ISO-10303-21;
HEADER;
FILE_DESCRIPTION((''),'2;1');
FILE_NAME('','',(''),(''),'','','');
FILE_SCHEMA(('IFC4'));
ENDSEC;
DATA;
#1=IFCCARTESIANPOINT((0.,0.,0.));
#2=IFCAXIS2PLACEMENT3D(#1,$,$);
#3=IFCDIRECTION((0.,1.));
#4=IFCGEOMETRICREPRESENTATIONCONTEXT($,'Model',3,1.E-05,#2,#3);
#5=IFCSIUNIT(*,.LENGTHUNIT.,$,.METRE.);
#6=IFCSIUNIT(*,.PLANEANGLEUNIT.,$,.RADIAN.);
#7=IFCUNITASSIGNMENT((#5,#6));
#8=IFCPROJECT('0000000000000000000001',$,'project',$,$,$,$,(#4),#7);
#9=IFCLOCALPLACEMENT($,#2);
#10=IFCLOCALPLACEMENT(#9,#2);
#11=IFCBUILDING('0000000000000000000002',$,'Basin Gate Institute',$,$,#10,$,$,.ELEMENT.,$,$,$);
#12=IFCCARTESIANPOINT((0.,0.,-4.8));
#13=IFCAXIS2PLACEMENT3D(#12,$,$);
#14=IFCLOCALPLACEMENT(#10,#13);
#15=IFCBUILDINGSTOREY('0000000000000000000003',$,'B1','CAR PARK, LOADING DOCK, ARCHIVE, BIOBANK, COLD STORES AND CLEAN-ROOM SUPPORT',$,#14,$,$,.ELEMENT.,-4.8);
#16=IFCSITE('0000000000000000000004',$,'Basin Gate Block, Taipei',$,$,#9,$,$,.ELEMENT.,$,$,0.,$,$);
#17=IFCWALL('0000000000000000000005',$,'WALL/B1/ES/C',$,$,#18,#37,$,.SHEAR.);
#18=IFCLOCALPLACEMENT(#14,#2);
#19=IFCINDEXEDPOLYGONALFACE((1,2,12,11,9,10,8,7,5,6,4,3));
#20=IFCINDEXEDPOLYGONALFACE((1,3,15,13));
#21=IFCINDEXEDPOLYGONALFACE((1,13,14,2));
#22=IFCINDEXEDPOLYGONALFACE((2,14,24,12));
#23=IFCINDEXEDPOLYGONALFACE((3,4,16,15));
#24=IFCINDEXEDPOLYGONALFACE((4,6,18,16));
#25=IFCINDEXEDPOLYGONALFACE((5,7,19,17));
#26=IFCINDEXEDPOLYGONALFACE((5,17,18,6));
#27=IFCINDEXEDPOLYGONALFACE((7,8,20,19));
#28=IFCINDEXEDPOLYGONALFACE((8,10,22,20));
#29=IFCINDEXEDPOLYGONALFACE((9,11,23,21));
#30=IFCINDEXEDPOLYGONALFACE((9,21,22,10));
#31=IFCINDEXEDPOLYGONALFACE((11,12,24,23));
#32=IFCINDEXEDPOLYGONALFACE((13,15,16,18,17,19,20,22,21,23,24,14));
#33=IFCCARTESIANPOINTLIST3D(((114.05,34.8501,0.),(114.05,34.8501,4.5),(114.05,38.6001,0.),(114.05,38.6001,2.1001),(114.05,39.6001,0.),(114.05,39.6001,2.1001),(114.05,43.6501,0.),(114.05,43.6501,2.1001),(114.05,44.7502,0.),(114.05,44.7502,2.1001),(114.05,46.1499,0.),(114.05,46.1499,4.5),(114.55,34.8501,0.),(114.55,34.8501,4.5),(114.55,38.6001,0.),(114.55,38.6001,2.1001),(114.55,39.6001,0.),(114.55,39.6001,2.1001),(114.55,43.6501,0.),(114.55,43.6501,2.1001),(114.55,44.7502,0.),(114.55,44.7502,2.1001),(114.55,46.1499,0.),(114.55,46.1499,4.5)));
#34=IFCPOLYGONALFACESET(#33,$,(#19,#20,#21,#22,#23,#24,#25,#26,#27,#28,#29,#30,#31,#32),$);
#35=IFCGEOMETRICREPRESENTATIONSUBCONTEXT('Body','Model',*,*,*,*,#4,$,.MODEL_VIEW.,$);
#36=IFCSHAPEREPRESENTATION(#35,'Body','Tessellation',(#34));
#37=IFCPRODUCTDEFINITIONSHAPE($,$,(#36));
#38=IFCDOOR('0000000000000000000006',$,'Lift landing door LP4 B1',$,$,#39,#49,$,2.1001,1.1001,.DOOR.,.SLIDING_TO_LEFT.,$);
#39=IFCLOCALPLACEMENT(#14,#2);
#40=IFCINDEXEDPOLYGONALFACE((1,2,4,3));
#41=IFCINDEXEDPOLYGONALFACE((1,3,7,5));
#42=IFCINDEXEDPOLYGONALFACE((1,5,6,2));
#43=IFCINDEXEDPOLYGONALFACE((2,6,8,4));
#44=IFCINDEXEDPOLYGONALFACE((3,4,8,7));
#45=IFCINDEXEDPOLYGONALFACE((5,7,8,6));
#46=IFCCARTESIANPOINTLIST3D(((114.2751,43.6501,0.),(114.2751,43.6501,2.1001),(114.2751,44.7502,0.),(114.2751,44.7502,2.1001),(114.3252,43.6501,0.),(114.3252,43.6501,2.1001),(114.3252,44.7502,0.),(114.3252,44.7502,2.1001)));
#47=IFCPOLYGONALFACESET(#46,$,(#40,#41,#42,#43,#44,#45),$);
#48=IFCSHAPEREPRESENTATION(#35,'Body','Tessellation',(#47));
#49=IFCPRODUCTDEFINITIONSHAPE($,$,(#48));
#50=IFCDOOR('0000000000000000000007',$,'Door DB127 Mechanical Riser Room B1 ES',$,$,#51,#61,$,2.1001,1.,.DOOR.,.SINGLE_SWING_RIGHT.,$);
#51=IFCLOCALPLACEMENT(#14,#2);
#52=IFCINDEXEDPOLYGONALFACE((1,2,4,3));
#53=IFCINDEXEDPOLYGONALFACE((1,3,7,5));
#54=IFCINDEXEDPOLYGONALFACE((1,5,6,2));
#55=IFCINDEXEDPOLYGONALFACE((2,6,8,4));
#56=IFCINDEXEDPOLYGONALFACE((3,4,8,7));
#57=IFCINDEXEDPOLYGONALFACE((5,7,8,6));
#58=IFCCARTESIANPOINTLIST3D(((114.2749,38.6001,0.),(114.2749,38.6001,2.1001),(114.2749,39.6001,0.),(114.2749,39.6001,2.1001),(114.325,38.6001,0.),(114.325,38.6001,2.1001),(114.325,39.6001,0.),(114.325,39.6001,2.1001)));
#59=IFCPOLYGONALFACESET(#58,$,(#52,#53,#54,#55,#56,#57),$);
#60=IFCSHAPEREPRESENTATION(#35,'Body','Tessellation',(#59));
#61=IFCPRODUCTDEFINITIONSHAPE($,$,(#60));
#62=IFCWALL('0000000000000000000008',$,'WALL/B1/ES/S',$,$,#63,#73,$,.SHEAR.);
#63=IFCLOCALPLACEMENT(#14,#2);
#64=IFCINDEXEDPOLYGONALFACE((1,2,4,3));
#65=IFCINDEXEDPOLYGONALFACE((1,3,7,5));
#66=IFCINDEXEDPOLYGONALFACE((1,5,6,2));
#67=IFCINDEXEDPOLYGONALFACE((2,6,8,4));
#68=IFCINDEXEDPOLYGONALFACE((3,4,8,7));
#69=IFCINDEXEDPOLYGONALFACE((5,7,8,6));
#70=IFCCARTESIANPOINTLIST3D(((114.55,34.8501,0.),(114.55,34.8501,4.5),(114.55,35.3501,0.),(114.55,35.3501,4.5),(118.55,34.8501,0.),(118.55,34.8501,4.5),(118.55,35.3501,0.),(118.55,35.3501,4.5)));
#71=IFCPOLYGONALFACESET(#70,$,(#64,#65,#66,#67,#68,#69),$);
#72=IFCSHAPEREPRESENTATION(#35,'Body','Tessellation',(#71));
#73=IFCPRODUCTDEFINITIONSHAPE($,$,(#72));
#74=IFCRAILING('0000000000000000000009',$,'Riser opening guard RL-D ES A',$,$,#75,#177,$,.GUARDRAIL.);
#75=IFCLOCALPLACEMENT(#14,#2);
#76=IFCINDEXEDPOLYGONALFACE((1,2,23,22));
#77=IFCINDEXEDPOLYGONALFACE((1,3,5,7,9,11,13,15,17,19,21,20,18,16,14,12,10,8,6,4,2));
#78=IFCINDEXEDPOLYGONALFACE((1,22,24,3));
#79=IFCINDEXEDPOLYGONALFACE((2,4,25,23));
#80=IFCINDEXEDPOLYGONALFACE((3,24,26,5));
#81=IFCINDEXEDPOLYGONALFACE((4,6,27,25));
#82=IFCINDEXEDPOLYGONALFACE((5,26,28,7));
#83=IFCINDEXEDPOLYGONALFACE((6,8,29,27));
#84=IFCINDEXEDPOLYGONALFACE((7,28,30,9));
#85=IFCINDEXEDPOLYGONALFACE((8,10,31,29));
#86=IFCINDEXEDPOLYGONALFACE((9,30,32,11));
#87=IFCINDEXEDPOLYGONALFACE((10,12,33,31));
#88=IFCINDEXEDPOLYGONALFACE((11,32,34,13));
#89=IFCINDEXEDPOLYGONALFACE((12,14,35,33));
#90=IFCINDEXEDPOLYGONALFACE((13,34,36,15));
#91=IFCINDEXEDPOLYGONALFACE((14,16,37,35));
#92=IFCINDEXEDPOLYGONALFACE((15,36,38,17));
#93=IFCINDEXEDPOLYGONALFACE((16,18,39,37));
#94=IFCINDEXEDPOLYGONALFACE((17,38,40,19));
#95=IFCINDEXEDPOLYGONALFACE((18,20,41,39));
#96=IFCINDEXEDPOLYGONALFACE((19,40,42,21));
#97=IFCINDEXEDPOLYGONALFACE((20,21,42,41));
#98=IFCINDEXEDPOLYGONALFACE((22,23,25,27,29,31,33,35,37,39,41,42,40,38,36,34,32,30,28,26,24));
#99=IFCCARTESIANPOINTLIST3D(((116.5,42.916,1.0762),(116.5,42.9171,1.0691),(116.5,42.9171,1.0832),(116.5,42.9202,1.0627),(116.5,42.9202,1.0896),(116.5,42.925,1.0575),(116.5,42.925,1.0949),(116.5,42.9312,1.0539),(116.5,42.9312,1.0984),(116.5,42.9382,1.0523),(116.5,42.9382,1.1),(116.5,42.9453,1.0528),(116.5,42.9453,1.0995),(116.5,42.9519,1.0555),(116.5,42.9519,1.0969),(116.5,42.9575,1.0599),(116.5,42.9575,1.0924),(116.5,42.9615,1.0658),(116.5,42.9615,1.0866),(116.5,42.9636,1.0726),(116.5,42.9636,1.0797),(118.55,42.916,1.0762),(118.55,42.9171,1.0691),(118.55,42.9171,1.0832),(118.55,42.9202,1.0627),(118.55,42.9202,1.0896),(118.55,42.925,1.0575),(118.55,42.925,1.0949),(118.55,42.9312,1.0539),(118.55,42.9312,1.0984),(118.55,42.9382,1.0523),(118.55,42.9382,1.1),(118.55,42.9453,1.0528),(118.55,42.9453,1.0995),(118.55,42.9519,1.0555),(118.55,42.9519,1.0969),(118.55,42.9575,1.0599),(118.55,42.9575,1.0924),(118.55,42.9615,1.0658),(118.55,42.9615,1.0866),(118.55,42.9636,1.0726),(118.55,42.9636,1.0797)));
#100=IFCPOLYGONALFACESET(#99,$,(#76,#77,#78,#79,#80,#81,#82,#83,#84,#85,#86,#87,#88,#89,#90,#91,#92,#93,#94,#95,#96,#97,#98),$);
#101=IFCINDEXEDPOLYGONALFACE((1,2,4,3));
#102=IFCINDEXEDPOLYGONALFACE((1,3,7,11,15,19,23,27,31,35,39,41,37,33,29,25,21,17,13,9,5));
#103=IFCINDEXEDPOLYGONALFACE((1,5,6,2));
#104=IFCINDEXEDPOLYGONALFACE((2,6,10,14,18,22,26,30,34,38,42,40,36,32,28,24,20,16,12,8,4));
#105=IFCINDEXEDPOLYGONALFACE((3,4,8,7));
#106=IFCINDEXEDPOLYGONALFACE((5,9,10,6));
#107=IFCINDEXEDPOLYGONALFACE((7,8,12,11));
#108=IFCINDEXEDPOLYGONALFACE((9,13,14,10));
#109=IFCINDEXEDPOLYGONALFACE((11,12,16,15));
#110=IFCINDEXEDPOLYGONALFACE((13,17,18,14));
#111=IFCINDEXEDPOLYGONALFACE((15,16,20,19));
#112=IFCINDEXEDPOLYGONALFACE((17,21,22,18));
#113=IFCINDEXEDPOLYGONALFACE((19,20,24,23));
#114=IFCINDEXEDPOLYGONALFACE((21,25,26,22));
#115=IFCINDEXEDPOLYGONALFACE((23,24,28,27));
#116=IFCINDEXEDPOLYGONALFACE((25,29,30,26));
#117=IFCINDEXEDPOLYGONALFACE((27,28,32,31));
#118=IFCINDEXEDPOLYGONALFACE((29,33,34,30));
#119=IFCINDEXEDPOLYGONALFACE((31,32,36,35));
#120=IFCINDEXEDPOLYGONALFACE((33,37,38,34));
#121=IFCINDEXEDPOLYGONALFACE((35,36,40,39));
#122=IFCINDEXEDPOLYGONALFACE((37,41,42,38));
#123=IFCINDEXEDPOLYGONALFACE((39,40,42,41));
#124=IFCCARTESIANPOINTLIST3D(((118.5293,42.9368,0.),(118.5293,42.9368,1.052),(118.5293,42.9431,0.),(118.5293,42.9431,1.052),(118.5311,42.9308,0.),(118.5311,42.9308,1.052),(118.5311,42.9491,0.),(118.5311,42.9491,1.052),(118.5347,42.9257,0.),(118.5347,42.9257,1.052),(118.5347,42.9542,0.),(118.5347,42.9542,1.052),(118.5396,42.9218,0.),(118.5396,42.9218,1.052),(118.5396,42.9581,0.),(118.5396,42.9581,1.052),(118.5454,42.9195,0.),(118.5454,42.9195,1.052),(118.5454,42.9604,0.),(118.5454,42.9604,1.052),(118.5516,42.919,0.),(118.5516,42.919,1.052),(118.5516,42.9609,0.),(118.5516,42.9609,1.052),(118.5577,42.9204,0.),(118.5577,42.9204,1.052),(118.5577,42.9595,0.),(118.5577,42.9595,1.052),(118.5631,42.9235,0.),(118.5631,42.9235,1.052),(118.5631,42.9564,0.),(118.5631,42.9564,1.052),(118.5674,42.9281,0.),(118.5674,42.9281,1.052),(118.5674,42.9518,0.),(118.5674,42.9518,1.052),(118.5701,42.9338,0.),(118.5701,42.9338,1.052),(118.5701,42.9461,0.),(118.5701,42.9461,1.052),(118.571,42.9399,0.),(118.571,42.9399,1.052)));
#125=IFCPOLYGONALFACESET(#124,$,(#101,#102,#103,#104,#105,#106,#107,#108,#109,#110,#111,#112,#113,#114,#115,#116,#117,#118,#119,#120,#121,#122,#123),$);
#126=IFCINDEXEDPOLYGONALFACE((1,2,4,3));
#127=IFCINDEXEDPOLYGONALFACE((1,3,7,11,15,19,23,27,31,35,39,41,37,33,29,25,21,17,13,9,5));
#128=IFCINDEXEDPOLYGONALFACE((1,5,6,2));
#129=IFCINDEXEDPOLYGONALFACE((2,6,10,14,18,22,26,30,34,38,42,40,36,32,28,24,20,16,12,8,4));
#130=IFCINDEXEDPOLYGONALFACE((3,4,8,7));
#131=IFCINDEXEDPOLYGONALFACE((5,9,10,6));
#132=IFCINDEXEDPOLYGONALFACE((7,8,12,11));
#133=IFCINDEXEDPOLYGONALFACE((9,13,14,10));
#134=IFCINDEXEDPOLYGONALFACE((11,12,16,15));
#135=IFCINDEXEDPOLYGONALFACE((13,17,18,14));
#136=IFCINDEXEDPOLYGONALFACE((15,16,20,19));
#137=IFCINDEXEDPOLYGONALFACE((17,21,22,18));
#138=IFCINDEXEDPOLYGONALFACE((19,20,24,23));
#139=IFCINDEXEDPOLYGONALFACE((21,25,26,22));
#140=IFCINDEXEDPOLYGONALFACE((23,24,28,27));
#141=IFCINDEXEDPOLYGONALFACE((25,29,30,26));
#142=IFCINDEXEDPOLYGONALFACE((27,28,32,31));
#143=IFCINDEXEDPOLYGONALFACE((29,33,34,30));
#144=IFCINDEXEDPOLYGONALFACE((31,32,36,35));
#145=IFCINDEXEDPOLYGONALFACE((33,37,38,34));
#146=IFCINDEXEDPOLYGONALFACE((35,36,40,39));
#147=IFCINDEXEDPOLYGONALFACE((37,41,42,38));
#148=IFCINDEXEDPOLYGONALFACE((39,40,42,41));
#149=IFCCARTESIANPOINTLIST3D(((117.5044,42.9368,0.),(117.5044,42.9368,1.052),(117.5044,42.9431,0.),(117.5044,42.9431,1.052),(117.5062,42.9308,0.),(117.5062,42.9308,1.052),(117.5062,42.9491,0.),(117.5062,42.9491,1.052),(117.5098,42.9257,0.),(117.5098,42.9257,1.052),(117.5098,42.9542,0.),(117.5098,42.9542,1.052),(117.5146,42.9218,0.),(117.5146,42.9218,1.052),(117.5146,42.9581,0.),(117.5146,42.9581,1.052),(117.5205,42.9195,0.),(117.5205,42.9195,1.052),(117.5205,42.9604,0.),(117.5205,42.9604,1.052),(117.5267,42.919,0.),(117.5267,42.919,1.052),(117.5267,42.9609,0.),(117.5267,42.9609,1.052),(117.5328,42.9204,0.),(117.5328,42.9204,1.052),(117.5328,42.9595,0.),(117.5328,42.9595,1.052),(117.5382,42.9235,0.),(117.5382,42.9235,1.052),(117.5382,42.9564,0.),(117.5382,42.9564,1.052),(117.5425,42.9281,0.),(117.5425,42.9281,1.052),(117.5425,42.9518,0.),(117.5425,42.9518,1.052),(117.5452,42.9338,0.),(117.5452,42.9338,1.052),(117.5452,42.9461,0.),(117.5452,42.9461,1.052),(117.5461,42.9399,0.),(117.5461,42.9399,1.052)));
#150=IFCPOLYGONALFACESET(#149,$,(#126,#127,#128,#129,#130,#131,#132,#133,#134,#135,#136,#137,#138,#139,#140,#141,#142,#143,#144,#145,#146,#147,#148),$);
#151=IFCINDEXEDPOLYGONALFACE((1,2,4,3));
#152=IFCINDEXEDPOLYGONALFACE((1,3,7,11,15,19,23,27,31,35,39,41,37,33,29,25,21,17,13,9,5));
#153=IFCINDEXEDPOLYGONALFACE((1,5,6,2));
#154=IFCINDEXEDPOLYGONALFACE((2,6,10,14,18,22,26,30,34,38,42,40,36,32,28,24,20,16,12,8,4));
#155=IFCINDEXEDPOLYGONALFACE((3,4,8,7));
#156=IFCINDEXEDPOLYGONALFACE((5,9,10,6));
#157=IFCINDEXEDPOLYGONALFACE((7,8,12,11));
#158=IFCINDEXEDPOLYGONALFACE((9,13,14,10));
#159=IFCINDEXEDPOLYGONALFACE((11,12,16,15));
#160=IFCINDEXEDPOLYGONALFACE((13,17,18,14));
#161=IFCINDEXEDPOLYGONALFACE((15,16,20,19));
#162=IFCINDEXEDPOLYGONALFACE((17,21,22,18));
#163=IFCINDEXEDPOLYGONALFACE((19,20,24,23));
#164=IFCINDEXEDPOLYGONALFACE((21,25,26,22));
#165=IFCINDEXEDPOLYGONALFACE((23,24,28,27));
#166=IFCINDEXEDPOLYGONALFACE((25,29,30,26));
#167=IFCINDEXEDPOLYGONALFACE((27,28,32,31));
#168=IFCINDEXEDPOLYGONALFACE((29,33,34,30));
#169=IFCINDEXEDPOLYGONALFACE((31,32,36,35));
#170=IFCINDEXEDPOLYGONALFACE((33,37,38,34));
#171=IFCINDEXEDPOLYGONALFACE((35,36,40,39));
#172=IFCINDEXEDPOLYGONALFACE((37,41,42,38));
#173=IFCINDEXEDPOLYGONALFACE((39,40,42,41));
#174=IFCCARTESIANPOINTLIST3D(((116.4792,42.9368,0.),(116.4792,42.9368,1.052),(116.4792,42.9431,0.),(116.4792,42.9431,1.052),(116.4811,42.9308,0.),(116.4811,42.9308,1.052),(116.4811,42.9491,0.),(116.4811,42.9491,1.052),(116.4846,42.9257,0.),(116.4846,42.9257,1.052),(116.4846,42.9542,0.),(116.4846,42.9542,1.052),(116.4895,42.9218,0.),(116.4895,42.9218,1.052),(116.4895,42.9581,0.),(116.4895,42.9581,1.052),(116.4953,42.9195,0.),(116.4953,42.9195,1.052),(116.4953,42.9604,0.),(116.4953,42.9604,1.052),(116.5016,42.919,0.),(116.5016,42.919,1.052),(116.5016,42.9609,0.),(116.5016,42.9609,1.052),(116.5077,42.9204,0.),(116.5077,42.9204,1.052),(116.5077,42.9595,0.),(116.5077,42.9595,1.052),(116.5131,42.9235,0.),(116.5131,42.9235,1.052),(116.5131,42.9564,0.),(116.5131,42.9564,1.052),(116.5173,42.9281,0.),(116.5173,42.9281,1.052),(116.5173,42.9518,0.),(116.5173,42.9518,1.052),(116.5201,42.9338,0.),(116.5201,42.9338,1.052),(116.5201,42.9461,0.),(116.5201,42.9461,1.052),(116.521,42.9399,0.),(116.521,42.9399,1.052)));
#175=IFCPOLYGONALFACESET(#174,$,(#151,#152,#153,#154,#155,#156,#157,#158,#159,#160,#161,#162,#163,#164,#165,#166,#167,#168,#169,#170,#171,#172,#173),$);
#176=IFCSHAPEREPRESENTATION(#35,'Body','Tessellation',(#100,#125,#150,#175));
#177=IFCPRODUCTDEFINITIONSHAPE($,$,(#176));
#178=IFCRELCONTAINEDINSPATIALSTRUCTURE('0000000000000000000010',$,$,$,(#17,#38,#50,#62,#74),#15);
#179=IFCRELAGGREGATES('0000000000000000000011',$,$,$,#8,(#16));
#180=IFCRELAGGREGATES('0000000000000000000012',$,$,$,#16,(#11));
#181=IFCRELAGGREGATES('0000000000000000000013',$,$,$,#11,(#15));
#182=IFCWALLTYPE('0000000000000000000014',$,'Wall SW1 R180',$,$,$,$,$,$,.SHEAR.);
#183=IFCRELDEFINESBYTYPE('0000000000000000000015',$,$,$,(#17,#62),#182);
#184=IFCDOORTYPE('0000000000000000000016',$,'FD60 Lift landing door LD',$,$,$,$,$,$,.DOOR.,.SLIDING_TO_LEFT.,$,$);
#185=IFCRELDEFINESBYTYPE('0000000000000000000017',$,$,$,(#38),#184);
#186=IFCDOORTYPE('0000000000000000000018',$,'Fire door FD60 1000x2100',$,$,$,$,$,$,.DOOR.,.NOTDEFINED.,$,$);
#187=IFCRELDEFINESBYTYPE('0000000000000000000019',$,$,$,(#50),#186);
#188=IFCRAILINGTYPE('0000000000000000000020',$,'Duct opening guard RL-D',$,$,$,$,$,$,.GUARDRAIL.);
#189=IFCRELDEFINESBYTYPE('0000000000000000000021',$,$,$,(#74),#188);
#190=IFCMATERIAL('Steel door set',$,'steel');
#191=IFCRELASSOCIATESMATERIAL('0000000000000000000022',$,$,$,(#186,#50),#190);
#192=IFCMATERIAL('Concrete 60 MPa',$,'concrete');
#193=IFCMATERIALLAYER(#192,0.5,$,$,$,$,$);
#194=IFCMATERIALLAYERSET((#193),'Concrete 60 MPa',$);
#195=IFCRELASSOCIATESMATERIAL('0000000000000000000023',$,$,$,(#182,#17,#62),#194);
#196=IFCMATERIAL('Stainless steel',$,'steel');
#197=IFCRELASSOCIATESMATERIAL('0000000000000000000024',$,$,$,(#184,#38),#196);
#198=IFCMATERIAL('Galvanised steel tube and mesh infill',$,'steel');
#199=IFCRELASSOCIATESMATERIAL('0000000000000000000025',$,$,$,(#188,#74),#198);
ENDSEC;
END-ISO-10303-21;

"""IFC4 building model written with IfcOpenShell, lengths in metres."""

from ifc_helpers import new_model, si_unit, direction, frame, frame_2d, origin, origin_2d, place, context, subcontext, project, spatial, rectangle, circle, extrude, material, layer, layer_set, type_object, element, fill, save


model = new_model("IFC4")

# Units and contexts
model_context = context("Model", 3, precision=1e-05, world=origin(), true_north=direction((0.0, 1.0)))
body_context = subcontext(model_context, "Body", "Model", "MODEL_VIEW")
ifc_project = project(units=[si_unit("LENGTHUNIT", "METRE"), si_unit("PLANEANGLEUNIT", "RADIAN")], contexts=[model_context])

# Site, building, storey
site_placement = place(None, origin())
site = spatial("IfcSite", under=ifc_project, at=site_placement, Name="Basin Gate Block, Taipei", CompositionType="ELEMENT", RefElevation=0.0)
building_placement = place(site_placement, origin())
building = spatial("IfcBuilding", under=site, at=building_placement, Name="Basin Gate Institute", CompositionType="ELEMENT")
storey_placement = place(building_placement, frame((0.0, 0.0, -4.8)))
storey = spatial("IfcBuildingStorey", under=building, at=storey_placement, Name="B1", Description="CAR PARK, LOADING DOCK, ARCHIVE, BIOBANK, COLD STORES AND CLEAN-ROOM SUPPORT", CompositionType="ELEMENT", Elevation=-4.8)

# Shared definitions
ifc_material_1 = material(Name="Steel door set", Category="steel")
door_type_1 = type_object("IfcDoorType", Name="Fire door FD60 1000x2100", OperationType="NOTDEFINED", PredefinedType="DOOR", material=ifc_material_1)

# Shared definitions
ifc_material_2 = material(Name="Concrete 60 MPa", Category="concrete")
ifc_layer_1 = layer(ifc_material_2, 0.5)
ifc_layer_set_1 = layer_set([ifc_layer_1], Name="Concrete 60 MPa")
wall_type_1 = type_object("IfcWallType", Name="Wall SW1 R180", PredefinedType="SHEAR", material=ifc_layer_set_1)

# Wall, openings, doors
wall_1_placement = place(storey_placement, frame((114.3, 34.8501, 0.0), z_axis=(0.0, 0.0, 1.0), x_axis=(0.0, 1.0, 0.0)))
wall_1 = element("IfcWall", 1, at=wall_1_placement, inside=storey, type_object=wall_type_1, material=ifc_layer_set_1, Name="WALL/B1/ES/C", PredefinedType="SHEAR", context=body_context, shape_type="SweptSolid", body=[
    extrude(rectangle(XDim=11.2998, YDim=0.5, at=frame_2d((5.6499, 0.0))), origin(), (0.0, 0.0, 1.0), 4.5),
])
opening_1_placement = place(wall_1_placement, frame((8.8, 0.0, 0.0)))
opening_1 = element("IfcOpeningElement", 2, at=opening_1_placement, cuts=wall_1, PredefinedType="OPENING", context=body_context, shape_type="SweptSolid", body=[
    extrude(rectangle(XDim=1.1001, YDim=2.1001, at=frame_2d((0.55, 1.05))), frame((0.0, 0.26, 0.0), z_axis=(0.0, -1.0, 0.0), x_axis=(1.0, 0.0, 0.0)), (0.0, 0.0, 1.0), 0.52),
])
opening_2_placement = place(wall_1_placement, frame((3.75, 0.0, 0.0)))
opening_2 = element("IfcOpeningElement", 3, at=opening_2_placement, cuts=wall_1, PredefinedType="OPENING", context=body_context, shape_type="SweptSolid", body=[
    extrude(rectangle(XDim=1.0, YDim=2.1001, at=frame_2d((0.5, 1.05))), frame((0.0, 0.26, 0.0), z_axis=(0.0, -1.0, 0.0), x_axis=(1.0, 0.0, 0.0)), (0.0, 0.0, 1.0), 0.52),
])
ifc_material_3 = material(Name="Stainless steel", Category="steel")
door_type_2 = type_object("IfcDoorType", Name="FD60 Lift landing door LD", OperationType="SLIDING_TO_LEFT", PredefinedType="DOOR", material=ifc_material_3)
door_1_placement = place(opening_1_placement, origin())
door_1 = element("IfcDoor", 4, at=door_1_placement, inside=storey, type_object=door_type_2, material=ifc_material_3, Name="Lift landing door LP4 B1", OperationType="SLIDING_TO_LEFT", OverallHeight=2.1001, OverallWidth=1.1001, PredefinedType="DOOR", context=body_context, shape_type="SweptSolid", body=[
    extrude(rectangle(XDim=1.1001, YDim=2.1001, at=frame_2d((0.55, 1.05))), frame((0.0, 0.0249, 0.0), z_axis=(0.0, -1.0, 0.0), x_axis=(1.0, 0.0, 0.0)), (0.0, 0.0, 1.0), 0.05),
])
fill(opening_1, door_1)
door_2_placement = place(opening_2_placement, frame((1.0, 0.0, 0.0), z_axis=(0.0, 0.0, 1.0), x_axis=(-1.0, 0.0, 0.0)))
door_2 = element("IfcDoor", 5, at=door_2_placement, inside=storey, type_object=door_type_1, material=ifc_material_1, Name="Door DB127 Mechanical Riser Room B1 ES", OperationType="SINGLE_SWING_RIGHT", OverallHeight=2.1001, OverallWidth=1.0, PredefinedType="DOOR", context=body_context, shape_type="SweptSolid", body=[
    extrude(rectangle(XDim=1.0, YDim=2.1001, at=frame_2d((0.5, 1.05))), frame((0.0, 0.0249, 0.0), z_axis=(0.0, -1.0, 0.0), x_axis=(1.0, 0.0, 0.0)), (0.0, 0.0, 1.0), 0.05),
])
fill(opening_2, door_2)

# Wall
wall_2_placement = place(storey_placement, frame((118.55, 35.1001, 0.0), z_axis=(0.0, 0.0, 1.0), x_axis=(-1.0, 0.0, 0.0)))
element("IfcWall", 6, at=wall_2_placement, inside=storey, type_object=wall_type_1, material=ifc_layer_set_1, Name="WALL/B1/ES/S", PredefinedType="SHEAR", context=body_context, shape_type="SweptSolid", body=[
    extrude(rectangle(XDim=4.0, YDim=0.5, at=frame_2d((2.0, 0.0))), origin(), (0.0, 0.0, 1.0), 4.5),
])

# Railing
ifc_material_4 = material(Name="Galvanised steel tube and mesh infill", Category="steel")
railing_type = type_object("IfcRailingType", Name="Duct opening guard RL-D", PredefinedType="GUARDRAIL", material=ifc_material_4)
railing_placement = place(storey_placement, frame((118.55, 42.9399, 0.0)))
element("IfcRailing", 7, at=railing_placement, inside=storey, type_object=railing_type, material=ifc_material_4, Name="Riser opening guard RL-D ES A", PredefinedType="GUARDRAIL", context=body_context, shape_type="SweptSolid", body=[
    extrude(circle(Radius=0.0239, at=origin_2d()), frame((0.0, 0.0, 1.0762), z_axis=(-1.0, 0.0, 0.0), x_axis=(0.0, -1.0, 0.0)), (0.0, 0.0, 1.0), 2.05),
    extrude(circle(Radius=0.021, at=origin_2d()), origin(), (0.0, 0.0, 1.0), 1.052),
    extrude(circle(Radius=0.021, at=origin_2d()), frame((-1.0249, 0.0, 0.0)), (0.0, 0.0, 1.0), 1.052),
    extrude(circle(Radius=0.021, at=origin_2d()), frame((-2.05, 0.0, 0.0)), (0.0, 0.0, 1.0), 1.052),
])

save(model, "model.ifc")
